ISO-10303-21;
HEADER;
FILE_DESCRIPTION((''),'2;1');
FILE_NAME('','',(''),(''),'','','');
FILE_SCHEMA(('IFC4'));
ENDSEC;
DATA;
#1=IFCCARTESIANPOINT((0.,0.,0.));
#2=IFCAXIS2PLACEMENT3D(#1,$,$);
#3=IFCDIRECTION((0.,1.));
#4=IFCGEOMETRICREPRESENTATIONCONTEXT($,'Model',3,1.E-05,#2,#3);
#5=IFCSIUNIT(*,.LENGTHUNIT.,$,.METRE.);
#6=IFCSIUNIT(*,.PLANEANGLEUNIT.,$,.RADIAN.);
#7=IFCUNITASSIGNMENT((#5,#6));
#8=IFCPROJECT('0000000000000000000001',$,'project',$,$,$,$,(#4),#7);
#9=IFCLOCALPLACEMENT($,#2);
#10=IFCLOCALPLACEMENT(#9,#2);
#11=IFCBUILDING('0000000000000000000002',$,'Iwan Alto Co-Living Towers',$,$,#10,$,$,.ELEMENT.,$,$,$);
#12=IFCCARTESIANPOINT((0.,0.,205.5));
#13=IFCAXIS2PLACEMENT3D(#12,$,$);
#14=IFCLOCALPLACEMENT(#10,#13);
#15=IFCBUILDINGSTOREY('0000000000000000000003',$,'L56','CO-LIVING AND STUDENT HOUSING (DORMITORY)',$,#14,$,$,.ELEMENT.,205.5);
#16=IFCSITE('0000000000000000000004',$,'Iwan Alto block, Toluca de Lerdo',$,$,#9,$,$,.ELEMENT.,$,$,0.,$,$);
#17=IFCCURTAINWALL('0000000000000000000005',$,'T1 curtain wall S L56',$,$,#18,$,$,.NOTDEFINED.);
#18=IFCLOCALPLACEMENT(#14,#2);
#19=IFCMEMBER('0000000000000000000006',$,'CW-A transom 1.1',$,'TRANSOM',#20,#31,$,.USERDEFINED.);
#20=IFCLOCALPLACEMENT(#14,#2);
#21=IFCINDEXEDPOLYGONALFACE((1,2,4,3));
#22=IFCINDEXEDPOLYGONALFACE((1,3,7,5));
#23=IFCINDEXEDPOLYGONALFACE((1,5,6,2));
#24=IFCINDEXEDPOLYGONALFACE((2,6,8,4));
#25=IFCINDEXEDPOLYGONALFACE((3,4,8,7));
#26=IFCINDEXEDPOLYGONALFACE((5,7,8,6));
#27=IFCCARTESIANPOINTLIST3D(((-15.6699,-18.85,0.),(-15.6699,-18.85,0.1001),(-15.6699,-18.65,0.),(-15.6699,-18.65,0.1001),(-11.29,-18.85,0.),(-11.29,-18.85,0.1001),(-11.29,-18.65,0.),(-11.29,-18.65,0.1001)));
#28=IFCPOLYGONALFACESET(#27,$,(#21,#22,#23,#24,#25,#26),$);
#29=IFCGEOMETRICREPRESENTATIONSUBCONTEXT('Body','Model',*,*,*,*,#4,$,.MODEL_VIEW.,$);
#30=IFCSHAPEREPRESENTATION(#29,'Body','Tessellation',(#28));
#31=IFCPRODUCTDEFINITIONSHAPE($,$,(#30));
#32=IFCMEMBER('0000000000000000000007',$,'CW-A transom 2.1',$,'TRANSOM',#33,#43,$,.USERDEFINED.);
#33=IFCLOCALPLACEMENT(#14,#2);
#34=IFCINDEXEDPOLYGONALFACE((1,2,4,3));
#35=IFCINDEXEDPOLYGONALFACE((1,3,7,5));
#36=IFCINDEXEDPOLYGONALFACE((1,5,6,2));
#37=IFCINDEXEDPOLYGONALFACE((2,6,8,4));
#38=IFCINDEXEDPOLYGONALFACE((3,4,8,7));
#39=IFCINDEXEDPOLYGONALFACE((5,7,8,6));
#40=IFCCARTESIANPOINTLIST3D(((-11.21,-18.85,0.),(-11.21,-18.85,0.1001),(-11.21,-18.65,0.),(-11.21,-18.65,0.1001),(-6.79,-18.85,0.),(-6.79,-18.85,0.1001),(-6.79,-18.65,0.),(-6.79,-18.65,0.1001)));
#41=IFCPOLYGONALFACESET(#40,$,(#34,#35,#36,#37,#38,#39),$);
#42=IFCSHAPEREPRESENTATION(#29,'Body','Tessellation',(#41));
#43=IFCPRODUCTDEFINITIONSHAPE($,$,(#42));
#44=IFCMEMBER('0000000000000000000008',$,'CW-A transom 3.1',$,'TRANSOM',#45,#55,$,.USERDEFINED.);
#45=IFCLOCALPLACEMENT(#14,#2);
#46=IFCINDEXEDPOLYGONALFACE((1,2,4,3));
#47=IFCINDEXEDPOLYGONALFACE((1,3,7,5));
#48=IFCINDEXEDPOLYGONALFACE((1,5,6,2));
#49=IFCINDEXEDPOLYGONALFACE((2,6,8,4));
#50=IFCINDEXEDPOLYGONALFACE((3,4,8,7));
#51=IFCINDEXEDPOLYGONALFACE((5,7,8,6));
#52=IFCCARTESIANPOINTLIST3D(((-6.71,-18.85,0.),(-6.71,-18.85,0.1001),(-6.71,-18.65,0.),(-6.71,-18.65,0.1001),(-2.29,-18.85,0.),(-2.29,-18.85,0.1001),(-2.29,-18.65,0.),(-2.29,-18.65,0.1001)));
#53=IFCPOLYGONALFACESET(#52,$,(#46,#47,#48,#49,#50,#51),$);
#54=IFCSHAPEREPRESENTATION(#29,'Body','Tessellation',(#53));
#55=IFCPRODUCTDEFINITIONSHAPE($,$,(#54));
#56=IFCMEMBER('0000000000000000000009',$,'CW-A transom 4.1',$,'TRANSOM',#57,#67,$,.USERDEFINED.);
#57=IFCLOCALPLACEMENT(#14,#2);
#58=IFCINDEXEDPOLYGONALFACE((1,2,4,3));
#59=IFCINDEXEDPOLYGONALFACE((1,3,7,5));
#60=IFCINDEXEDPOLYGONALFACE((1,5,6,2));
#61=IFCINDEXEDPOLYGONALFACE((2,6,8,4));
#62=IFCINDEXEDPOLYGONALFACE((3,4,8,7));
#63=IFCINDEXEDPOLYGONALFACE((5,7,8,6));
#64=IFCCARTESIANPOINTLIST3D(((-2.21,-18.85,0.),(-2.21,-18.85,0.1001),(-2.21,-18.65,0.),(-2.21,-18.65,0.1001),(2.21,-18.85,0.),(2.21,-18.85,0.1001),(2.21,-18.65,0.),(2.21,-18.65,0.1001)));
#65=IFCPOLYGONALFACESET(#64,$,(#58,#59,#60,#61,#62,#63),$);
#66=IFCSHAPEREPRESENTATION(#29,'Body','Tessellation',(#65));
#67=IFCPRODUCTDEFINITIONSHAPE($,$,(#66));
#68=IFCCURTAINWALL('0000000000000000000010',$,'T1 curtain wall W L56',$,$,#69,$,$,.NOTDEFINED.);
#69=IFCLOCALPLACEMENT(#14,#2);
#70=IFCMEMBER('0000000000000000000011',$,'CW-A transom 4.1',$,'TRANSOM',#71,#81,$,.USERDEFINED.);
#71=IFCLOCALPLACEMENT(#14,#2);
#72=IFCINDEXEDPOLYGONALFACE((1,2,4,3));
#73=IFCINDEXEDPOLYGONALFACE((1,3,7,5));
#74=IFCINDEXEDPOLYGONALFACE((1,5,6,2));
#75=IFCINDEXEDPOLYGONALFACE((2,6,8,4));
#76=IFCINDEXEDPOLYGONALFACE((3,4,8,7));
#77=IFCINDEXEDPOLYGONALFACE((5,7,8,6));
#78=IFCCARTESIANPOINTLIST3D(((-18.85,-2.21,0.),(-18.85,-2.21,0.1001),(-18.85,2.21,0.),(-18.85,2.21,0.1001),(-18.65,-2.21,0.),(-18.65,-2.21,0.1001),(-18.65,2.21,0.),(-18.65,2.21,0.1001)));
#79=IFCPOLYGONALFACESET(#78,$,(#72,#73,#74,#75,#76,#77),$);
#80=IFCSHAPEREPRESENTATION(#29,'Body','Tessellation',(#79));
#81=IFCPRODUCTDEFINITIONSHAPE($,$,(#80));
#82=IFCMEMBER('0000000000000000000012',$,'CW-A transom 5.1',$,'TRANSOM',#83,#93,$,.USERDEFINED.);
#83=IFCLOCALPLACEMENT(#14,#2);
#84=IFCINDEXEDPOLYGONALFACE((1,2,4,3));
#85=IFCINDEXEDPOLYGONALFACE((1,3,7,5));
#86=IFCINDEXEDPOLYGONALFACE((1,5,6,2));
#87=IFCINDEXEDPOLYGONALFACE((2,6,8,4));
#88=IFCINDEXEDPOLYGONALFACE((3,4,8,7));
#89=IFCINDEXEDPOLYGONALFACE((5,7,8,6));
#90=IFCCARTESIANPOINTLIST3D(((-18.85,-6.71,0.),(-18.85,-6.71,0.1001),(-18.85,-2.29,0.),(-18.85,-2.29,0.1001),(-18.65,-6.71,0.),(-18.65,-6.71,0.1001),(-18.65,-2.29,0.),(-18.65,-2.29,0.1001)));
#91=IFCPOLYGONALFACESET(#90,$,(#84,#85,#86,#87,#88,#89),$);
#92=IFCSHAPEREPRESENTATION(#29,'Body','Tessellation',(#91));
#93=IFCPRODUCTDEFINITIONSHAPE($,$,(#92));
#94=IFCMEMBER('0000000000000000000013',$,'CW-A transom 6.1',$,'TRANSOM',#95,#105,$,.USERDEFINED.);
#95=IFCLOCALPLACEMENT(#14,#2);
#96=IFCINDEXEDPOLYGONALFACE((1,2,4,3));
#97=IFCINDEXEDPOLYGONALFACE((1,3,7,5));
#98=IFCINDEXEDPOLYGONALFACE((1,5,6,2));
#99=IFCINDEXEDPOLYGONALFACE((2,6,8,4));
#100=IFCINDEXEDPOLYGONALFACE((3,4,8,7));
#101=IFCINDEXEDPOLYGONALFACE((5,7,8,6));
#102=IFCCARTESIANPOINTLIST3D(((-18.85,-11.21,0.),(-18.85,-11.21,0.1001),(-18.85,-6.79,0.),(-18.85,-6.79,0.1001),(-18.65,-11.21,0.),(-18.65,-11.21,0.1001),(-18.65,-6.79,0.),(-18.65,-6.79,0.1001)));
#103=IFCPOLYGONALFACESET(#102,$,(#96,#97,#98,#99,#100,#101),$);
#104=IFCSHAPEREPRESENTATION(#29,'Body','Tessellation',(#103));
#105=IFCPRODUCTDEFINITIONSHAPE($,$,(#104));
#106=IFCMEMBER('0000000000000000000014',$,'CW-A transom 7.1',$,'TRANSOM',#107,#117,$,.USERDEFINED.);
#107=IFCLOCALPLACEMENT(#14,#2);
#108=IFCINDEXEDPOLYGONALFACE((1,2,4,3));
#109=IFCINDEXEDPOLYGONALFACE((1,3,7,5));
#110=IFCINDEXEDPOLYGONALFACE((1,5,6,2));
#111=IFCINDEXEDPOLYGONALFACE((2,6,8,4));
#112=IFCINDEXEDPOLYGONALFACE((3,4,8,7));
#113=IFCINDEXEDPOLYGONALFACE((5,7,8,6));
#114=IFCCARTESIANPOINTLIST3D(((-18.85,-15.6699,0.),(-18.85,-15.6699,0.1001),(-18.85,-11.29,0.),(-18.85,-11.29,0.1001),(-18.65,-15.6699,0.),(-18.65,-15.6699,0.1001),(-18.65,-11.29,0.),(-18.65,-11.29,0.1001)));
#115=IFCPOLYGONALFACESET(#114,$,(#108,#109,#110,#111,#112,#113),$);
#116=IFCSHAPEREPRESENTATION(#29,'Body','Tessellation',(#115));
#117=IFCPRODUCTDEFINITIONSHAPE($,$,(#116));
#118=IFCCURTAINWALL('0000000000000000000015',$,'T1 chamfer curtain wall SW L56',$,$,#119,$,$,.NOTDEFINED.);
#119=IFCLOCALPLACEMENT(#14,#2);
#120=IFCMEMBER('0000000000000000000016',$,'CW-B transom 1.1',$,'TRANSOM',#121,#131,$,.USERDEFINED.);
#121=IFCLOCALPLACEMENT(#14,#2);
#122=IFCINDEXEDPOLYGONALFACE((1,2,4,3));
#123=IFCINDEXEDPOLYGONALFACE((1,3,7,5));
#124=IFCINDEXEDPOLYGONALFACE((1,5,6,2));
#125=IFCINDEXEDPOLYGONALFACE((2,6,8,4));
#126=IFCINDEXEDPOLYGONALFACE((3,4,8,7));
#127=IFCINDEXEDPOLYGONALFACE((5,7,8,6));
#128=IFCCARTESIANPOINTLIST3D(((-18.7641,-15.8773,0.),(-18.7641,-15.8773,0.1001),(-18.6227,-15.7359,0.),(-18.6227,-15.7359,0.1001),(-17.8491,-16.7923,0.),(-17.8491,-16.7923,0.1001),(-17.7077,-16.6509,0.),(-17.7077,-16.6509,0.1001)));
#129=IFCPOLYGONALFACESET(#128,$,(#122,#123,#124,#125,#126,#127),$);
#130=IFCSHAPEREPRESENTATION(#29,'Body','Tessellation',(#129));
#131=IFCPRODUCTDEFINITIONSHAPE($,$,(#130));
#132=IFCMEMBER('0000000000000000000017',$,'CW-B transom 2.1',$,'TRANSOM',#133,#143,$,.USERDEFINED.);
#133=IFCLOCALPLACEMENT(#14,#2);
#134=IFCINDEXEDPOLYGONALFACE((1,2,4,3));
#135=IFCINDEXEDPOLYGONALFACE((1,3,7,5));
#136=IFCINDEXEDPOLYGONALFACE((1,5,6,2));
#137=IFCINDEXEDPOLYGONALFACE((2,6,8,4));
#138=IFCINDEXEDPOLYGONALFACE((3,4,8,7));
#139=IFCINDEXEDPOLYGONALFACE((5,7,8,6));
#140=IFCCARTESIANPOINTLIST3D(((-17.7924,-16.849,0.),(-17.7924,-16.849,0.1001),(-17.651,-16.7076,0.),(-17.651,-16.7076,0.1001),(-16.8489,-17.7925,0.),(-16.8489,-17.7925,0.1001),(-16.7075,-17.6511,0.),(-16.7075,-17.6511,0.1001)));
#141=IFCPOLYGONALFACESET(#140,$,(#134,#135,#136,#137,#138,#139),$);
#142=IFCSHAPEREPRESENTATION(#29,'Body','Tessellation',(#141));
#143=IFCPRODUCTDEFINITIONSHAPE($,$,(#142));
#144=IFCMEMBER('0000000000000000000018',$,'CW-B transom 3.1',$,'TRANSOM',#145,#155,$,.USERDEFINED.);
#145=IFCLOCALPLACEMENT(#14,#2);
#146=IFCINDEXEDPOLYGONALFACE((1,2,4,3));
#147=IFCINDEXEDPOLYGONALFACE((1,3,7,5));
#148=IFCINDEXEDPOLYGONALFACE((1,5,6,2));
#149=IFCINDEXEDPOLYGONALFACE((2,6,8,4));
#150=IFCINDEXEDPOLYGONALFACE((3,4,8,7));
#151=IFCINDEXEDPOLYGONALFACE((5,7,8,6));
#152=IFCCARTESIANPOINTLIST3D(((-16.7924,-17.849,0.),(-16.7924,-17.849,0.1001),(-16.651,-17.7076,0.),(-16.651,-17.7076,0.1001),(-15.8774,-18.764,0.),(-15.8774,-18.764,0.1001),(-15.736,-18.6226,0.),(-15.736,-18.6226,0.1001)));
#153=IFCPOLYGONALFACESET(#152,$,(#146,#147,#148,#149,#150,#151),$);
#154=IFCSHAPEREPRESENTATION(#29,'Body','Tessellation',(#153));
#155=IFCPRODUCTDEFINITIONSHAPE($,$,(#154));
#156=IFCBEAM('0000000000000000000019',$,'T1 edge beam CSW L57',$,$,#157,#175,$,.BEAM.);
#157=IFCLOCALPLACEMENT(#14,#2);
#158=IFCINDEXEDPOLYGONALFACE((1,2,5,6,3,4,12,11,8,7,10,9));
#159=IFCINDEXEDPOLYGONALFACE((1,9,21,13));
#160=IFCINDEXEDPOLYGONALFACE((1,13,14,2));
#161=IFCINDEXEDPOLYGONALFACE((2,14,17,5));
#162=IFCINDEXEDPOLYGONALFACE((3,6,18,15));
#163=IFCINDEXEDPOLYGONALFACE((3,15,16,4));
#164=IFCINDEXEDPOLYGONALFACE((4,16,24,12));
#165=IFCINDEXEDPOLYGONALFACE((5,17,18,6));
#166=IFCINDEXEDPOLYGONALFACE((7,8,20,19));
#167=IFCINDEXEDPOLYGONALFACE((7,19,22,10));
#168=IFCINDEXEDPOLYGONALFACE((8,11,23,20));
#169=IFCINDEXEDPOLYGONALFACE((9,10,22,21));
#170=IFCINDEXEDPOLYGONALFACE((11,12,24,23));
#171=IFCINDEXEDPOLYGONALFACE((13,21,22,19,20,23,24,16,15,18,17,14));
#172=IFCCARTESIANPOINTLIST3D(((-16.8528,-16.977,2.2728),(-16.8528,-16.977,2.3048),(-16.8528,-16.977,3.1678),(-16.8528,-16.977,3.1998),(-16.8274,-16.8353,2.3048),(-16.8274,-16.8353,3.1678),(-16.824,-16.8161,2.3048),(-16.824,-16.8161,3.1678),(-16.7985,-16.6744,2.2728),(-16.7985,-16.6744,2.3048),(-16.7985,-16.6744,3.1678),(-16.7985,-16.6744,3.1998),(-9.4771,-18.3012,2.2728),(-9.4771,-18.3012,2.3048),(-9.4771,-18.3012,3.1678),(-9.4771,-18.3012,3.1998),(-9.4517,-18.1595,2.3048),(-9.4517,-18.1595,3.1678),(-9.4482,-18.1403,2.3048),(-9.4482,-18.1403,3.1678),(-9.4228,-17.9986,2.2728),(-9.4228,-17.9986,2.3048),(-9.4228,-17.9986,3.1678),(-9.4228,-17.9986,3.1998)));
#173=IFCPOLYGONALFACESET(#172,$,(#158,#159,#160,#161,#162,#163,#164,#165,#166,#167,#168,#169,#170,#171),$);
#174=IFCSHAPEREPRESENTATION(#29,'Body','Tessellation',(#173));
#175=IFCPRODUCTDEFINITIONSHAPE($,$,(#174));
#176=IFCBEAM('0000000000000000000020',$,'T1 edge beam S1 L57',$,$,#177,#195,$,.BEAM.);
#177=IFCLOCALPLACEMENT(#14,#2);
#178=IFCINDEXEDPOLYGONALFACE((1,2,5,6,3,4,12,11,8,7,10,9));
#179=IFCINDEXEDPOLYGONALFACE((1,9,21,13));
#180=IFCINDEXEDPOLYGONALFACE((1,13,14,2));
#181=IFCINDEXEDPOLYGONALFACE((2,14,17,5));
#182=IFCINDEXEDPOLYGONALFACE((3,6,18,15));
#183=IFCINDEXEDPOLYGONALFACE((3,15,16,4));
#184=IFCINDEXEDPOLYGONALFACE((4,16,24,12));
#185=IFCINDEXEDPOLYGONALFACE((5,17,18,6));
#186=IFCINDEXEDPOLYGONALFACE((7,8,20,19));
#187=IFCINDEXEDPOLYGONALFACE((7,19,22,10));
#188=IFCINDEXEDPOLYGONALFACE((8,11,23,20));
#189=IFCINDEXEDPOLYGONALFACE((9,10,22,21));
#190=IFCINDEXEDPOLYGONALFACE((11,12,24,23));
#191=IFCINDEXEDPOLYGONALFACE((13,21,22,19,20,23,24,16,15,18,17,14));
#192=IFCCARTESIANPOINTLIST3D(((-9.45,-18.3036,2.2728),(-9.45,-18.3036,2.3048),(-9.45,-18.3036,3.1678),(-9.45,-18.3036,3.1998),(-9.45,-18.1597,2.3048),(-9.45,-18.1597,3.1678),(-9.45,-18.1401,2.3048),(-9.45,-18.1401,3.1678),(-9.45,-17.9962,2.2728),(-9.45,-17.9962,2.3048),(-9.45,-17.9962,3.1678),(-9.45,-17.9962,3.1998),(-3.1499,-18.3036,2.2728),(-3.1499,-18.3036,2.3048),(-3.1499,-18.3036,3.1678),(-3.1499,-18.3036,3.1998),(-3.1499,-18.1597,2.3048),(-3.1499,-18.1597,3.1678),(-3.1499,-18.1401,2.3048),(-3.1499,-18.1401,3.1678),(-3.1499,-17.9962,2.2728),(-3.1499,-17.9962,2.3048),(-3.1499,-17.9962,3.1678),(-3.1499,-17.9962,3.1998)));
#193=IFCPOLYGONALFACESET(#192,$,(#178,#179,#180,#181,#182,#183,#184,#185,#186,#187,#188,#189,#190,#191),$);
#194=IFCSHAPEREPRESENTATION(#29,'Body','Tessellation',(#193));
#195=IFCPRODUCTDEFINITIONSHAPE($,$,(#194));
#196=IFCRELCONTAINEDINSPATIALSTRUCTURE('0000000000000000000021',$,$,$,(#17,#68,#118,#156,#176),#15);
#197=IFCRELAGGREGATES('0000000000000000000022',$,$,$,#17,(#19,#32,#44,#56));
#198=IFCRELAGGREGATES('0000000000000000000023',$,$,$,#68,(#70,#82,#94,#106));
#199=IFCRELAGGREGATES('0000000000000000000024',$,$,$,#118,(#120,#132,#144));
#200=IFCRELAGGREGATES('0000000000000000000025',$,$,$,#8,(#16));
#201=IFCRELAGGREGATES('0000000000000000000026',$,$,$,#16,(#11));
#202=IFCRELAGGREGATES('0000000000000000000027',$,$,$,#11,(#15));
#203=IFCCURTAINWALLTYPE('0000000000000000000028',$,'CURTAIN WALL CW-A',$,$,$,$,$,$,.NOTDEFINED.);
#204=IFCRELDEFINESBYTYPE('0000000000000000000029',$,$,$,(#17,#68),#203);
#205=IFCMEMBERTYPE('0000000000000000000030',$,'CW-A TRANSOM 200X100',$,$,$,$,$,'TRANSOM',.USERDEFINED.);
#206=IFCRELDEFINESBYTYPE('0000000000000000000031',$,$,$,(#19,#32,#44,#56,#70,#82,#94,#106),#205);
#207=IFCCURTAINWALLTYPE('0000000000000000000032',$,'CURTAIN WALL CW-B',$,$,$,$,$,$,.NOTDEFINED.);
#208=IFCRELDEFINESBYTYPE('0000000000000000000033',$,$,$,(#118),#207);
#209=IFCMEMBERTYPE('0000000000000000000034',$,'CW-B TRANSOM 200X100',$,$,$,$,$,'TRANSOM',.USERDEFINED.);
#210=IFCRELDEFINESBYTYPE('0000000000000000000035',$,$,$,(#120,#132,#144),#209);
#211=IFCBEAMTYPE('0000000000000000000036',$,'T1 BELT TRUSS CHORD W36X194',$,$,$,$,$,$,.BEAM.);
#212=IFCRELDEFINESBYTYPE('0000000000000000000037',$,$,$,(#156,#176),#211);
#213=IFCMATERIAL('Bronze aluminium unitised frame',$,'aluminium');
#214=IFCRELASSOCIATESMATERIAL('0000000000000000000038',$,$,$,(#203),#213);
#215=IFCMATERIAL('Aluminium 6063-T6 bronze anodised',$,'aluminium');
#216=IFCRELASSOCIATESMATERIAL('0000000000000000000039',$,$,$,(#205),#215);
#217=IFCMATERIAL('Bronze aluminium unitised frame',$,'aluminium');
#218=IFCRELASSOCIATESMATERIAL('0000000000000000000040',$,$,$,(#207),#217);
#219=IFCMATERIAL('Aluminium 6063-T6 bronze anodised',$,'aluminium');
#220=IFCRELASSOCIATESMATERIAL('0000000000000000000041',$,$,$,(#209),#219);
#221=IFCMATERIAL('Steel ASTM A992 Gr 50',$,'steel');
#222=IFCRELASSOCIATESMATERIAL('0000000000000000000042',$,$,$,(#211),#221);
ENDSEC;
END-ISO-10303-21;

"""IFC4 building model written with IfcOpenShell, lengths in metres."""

from ifc_helpers import new_model, si_unit, direction, frame, origin, origin_2d, place, context, subcontext, project, spatial, rectangle, i_section, extrude, material, material_profile, profile_set, type_object, element, aggregate, save


model = new_model("IFC4")

# Units and contexts
model_context = context("Model", 3, precision=1e-05, world=origin(), true_north=direction((0.0, 1.0)))
body_context = subcontext(model_context, "Body", "Model", "MODEL_VIEW")
ifc_project = project(units=[si_unit("LENGTHUNIT", "METRE"), si_unit("PLANEANGLEUNIT", "RADIAN")], contexts=[model_context])

# Site, building, storey
site_placement = place(None, origin())
site = spatial("IfcSite", under=ifc_project, at=site_placement, Name="Iwan Alto block, Toluca de Lerdo", CompositionType="ELEMENT", RefElevation=0.0)
building_placement = place(site_placement, origin())
building = spatial("IfcBuilding", under=site, at=building_placement, Name="Iwan Alto Co-Living Towers", CompositionType="ELEMENT")
storey_placement = place(building_placement, frame((0.0, 0.0, 205.5)))
storey = spatial("IfcBuildingStorey", under=building, at=storey_placement, Name="L56", Description="CO-LIVING AND STUDENT HOUSING (DORMITORY)", CompositionType="ELEMENT", Elevation=205.5)

# Curtain walls, members
ifc_material_1 = material(Name="Bronze aluminium unitised frame", Category="aluminium")
curtain_wall_type_1 = type_object("IfcCurtainWallType", Name="CURTAIN WALL CW-A", PredefinedType="NOTDEFINED", material=ifc_material_1)
curtain_wall_1_placement = place(storey_placement, origin())
curtain_wall_1 = element("IfcCurtainWall", 1, at=curtain_wall_1_placement, inside=storey, type_object=curtain_wall_type_1, Name="T1 curtain wall S L56", PredefinedType="NOTDEFINED")
ifc_material_2 = material(Name="Aluminium 6063-T6 bronze anodised", Category="aluminium")
ifc_material_profile_1 = material_profile(ifc_material_2, rectangle(XDim=0.2, YDim=0.1001, at=origin_2d()), Name="AL 200X100")
ifc_profile_set_1 = profile_set([ifc_material_profile_1], Name="Aluminium 6063-T6 bronze anodised")
member_type_1 = type_object("IfcMemberType", Name="CW-A TRANSOM 200X100", ElementType="TRANSOM", PredefinedType="USERDEFINED", material=ifc_profile_set_1)
member_1_placement = place(storey_placement, frame((-15.6699, -18.75, 0.05), z_axis=(1.0, 0.0, 0.0), x_axis=(0.0, 1.0, 0.0)))
member_1 = element("IfcMember", 2, at=member_1_placement, type_object=member_type_1, Name="CW-A transom 1.1", ObjectType="TRANSOM", PredefinedType="USERDEFINED", context=body_context, shape_type="SweptSolid", body=[
    extrude(rectangle(XDim=0.2, YDim=0.1001, at=origin_2d()), origin(), (0.0, 0.0, 1.0), 4.3799),
])
member_2_placement = place(storey_placement, frame((-11.21, -18.75, 0.05), z_axis=(1.0, 0.0, 0.0), x_axis=(0.0, 1.0, 0.0)))
member_2 = element("IfcMember", 3, at=member_2_placement, type_object=member_type_1, Name="CW-A transom 2.1", ObjectType="TRANSOM", PredefinedType="USERDEFINED", context=body_context, shape_type="SweptSolid", body=[
    extrude(rectangle(XDim=0.2, YDim=0.1001, at=origin_2d()), origin(), (0.0, 0.0, 1.0), 4.4199),
])
member_3_placement = place(storey_placement, frame((-6.71, -18.75, 0.05), z_axis=(1.0, 0.0, 0.0), x_axis=(0.0, 1.0, 0.0)))
member_3 = element("IfcMember", 4, at=member_3_placement, type_object=member_type_1, Name="CW-A transom 3.1", ObjectType="TRANSOM", PredefinedType="USERDEFINED", context=body_context, shape_type="SweptSolid", body=[
    extrude(rectangle(XDim=0.2, YDim=0.1001, at=origin_2d()), origin(), (0.0, 0.0, 1.0), 4.4199),
])
member_4_placement = place(storey_placement, frame((-2.21, -18.75, 0.05), z_axis=(1.0, 0.0, 0.0), x_axis=(0.0, 1.0, 0.0)))
member_4 = element("IfcMember", 5, at=member_4_placement, type_object=member_type_1, Name="CW-A transom 4.1", ObjectType="TRANSOM", PredefinedType="USERDEFINED", context=body_context, shape_type="SweptSolid", body=[
    extrude(rectangle(XDim=0.2, YDim=0.1001, at=origin_2d()), origin(), (0.0, 0.0, 1.0), 4.4199),
])
curtain_wall_2_placement = place(storey_placement, origin())
curtain_wall_2 = element("IfcCurtainWall", 6, at=curtain_wall_2_placement, inside=storey, type_object=curtain_wall_type_1, Name="T1 curtain wall W L56", PredefinedType="NOTDEFINED")
member_5_placement = place(storey_placement, frame((-18.75, 2.21, 0.05), z_axis=(0.0, -1.0, 0.0), x_axis=(1.0, 0.0, 0.0)))
member_5 = element("IfcMember", 7, at=member_5_placement, type_object=member_type_1, Name="CW-A transom 4.1", ObjectType="TRANSOM", PredefinedType="USERDEFINED", context=body_context, shape_type="SweptSolid", body=[
    extrude(rectangle(XDim=0.2, YDim=0.1001, at=origin_2d()), origin(), (0.0, 0.0, 1.0), 4.4199),
])
member_6_placement = place(storey_placement, frame((-18.75, -2.29, 0.05), z_axis=(0.0, -1.0, 0.0), x_axis=(1.0, 0.0, 0.0)))
member_6 = element("IfcMember", 8, at=member_6_placement, type_object=member_type_1, Name="CW-A transom 5.1", ObjectType="TRANSOM", PredefinedType="USERDEFINED", context=body_context, shape_type="SweptSolid", body=[
    extrude(rectangle(XDim=0.2, YDim=0.1001, at=origin_2d()), origin(), (0.0, 0.0, 1.0), 4.4199),
])
member_7_placement = place(storey_placement, frame((-18.75, -6.79, 0.05), z_axis=(0.0, -1.0, 0.0), x_axis=(1.0, 0.0, 0.0)))
member_7 = element("IfcMember", 9, at=member_7_placement, type_object=member_type_1, Name="CW-A transom 6.1", ObjectType="TRANSOM", PredefinedType="USERDEFINED", context=body_context, shape_type="SweptSolid", body=[
    extrude(rectangle(XDim=0.2, YDim=0.1001, at=origin_2d()), origin(), (0.0, 0.0, 1.0), 4.4199),
])
member_8_placement = place(storey_placement, frame((-18.75, -11.29, 0.05), z_axis=(0.0, -1.0, 0.0), x_axis=(1.0, 0.0, 0.0)))
member_8 = element("IfcMember", 10, at=member_8_placement, type_object=member_type_1, Name="CW-A transom 7.1", ObjectType="TRANSOM", PredefinedType="USERDEFINED", context=body_context, shape_type="SweptSolid", body=[
    extrude(rectangle(XDim=0.2, YDim=0.1001, at=origin_2d()), origin(), (0.0, 0.0, 1.0), 4.3799),
])
ifc_material_3 = material(Name="Bronze aluminium unitised frame", Category="aluminium")
curtain_wall_type_2 = type_object("IfcCurtainWallType", Name="CURTAIN WALL CW-B", PredefinedType="NOTDEFINED", material=ifc_material_3)
curtain_wall_3_placement = place(storey_placement, origin())
curtain_wall_3 = element("IfcCurtainWall", 11, at=curtain_wall_3_placement, inside=storey, type_object=curtain_wall_type_2, Name="T1 chamfer curtain wall SW L56", PredefinedType="NOTDEFINED")
ifc_material_4 = material(Name="Aluminium 6063-T6 bronze anodised", Category="aluminium")
ifc_material_profile_2 = material_profile(ifc_material_4, rectangle(XDim=0.2, YDim=0.1001, at=origin_2d()), Name="AL 200X100")
ifc_profile_set_2 = profile_set([ifc_material_profile_2], Name="Aluminium 6063-T6 bronze anodised")
member_type_2 = type_object("IfcMemberType", Name="CW-B TRANSOM 200X100", ElementType="TRANSOM", PredefinedType="USERDEFINED", material=ifc_profile_set_2)
member_9_placement = place(storey_placement, frame((-18.6934, -15.8066, 0.05), z_axis=(0.707107, -0.707107, 0.0), x_axis=(0.707107, 0.707107, 0.0)))
member_9 = element("IfcMember", 12, at=member_9_placement, type_object=member_type_2, Name="CW-B transom 1.1", ObjectType="TRANSOM", PredefinedType="USERDEFINED", context=body_context, shape_type="SweptSolid", body=[
    extrude(rectangle(XDim=0.2, YDim=0.1001, at=origin_2d()), origin(), (0.0, 0.0, 1.0), 1.2939),
])
member_10_placement = place(storey_placement, frame((-17.7217, -16.7783, 0.05), z_axis=(0.707107, -0.707107, 0.0), x_axis=(0.707107, 0.707107, 0.0)))
member_10 = element("IfcMember", 13, at=member_10_placement, type_object=member_type_2, Name="CW-B transom 2.1", ObjectType="TRANSOM", PredefinedType="USERDEFINED", context=body_context, shape_type="SweptSolid", body=[
    extrude(rectangle(XDim=0.2, YDim=0.1001, at=origin_2d()), origin(), (0.0, 0.0, 1.0), 1.3342),
])
member_11_placement = place(storey_placement, frame((-16.7217, -17.7783, 0.05), z_axis=(0.707107, -0.707107, 0.0), x_axis=(0.707107, 0.707107, 0.0)))
member_11 = element("IfcMember", 14, at=member_11_placement, type_object=member_type_2, Name="CW-B transom 3.1", ObjectType="TRANSOM", PredefinedType="USERDEFINED", context=body_context, shape_type="SweptSolid", body=[
    extrude(rectangle(XDim=0.2, YDim=0.1001, at=origin_2d()), origin(), (0.0, 0.0, 1.0), 1.2939),
])

# Beams
ifc_material_5 = material(Name="Steel ASTM A992 Gr 50", Category="steel")
ifc_material_profile_3 = material_profile(ifc_material_5, i_section(OverallWidth=0.3074, OverallDepth=0.927, WebThickness=0.0195, FlangeThickness=0.032, at=origin_2d()), Name="W36X194")
ifc_profile_set_3 = profile_set([ifc_material_profile_3], Name="Steel ASTM A992 Gr 50")
beam_type_1 = type_object("IfcBeamType", Name="T1 BELT TRUSS CHORD W36X194", PredefinedType="BEAM", material=ifc_profile_set_3)
beam_1_placement = place(storey_placement, frame((-16.8257, -16.8257, 2.7363), z_axis=(0.984263, -0.176712, 0.0), x_axis=(0.176712, 0.984263, 0.0)))
element("IfcBeam", 15, at=beam_1_placement, inside=storey, type_object=beam_type_1, Name="T1 edge beam CSW L57", PredefinedType="BEAM", context=body_context, shape_type="SweptSolid", body=[
    extrude(i_section(OverallWidth=0.3074, OverallDepth=0.927, WebThickness=0.0195, FlangeThickness=0.032, at=origin_2d()), origin(), (0.0, 0.0, 1.0), 7.4937),
])
beam_2_placement = place(storey_placement, frame((-9.45, -18.1499, 2.7363), z_axis=(1.0, 0.0, 0.0), x_axis=(0.0, 1.0, 0.0)))
element("IfcBeam", 16, at=beam_2_placement, inside=storey, type_object=beam_type_1, Name="T1 edge beam S1 L57", PredefinedType="BEAM", context=body_context, shape_type="SweptSolid", body=[
    extrude(i_section(OverallWidth=0.3074, OverallDepth=0.927, WebThickness=0.0195, FlangeThickness=0.032, at=origin_2d()), origin(), (0.0, 0.0, 1.0), 6.3),
])

aggregate(curtain_wall_1, [member_1, member_2, member_3, member_4])
aggregate(curtain_wall_2, [member_5, member_6, member_7, member_8])
aggregate(curtain_wall_3, [member_9, member_10, member_11])

save(model, "model.ifc")
